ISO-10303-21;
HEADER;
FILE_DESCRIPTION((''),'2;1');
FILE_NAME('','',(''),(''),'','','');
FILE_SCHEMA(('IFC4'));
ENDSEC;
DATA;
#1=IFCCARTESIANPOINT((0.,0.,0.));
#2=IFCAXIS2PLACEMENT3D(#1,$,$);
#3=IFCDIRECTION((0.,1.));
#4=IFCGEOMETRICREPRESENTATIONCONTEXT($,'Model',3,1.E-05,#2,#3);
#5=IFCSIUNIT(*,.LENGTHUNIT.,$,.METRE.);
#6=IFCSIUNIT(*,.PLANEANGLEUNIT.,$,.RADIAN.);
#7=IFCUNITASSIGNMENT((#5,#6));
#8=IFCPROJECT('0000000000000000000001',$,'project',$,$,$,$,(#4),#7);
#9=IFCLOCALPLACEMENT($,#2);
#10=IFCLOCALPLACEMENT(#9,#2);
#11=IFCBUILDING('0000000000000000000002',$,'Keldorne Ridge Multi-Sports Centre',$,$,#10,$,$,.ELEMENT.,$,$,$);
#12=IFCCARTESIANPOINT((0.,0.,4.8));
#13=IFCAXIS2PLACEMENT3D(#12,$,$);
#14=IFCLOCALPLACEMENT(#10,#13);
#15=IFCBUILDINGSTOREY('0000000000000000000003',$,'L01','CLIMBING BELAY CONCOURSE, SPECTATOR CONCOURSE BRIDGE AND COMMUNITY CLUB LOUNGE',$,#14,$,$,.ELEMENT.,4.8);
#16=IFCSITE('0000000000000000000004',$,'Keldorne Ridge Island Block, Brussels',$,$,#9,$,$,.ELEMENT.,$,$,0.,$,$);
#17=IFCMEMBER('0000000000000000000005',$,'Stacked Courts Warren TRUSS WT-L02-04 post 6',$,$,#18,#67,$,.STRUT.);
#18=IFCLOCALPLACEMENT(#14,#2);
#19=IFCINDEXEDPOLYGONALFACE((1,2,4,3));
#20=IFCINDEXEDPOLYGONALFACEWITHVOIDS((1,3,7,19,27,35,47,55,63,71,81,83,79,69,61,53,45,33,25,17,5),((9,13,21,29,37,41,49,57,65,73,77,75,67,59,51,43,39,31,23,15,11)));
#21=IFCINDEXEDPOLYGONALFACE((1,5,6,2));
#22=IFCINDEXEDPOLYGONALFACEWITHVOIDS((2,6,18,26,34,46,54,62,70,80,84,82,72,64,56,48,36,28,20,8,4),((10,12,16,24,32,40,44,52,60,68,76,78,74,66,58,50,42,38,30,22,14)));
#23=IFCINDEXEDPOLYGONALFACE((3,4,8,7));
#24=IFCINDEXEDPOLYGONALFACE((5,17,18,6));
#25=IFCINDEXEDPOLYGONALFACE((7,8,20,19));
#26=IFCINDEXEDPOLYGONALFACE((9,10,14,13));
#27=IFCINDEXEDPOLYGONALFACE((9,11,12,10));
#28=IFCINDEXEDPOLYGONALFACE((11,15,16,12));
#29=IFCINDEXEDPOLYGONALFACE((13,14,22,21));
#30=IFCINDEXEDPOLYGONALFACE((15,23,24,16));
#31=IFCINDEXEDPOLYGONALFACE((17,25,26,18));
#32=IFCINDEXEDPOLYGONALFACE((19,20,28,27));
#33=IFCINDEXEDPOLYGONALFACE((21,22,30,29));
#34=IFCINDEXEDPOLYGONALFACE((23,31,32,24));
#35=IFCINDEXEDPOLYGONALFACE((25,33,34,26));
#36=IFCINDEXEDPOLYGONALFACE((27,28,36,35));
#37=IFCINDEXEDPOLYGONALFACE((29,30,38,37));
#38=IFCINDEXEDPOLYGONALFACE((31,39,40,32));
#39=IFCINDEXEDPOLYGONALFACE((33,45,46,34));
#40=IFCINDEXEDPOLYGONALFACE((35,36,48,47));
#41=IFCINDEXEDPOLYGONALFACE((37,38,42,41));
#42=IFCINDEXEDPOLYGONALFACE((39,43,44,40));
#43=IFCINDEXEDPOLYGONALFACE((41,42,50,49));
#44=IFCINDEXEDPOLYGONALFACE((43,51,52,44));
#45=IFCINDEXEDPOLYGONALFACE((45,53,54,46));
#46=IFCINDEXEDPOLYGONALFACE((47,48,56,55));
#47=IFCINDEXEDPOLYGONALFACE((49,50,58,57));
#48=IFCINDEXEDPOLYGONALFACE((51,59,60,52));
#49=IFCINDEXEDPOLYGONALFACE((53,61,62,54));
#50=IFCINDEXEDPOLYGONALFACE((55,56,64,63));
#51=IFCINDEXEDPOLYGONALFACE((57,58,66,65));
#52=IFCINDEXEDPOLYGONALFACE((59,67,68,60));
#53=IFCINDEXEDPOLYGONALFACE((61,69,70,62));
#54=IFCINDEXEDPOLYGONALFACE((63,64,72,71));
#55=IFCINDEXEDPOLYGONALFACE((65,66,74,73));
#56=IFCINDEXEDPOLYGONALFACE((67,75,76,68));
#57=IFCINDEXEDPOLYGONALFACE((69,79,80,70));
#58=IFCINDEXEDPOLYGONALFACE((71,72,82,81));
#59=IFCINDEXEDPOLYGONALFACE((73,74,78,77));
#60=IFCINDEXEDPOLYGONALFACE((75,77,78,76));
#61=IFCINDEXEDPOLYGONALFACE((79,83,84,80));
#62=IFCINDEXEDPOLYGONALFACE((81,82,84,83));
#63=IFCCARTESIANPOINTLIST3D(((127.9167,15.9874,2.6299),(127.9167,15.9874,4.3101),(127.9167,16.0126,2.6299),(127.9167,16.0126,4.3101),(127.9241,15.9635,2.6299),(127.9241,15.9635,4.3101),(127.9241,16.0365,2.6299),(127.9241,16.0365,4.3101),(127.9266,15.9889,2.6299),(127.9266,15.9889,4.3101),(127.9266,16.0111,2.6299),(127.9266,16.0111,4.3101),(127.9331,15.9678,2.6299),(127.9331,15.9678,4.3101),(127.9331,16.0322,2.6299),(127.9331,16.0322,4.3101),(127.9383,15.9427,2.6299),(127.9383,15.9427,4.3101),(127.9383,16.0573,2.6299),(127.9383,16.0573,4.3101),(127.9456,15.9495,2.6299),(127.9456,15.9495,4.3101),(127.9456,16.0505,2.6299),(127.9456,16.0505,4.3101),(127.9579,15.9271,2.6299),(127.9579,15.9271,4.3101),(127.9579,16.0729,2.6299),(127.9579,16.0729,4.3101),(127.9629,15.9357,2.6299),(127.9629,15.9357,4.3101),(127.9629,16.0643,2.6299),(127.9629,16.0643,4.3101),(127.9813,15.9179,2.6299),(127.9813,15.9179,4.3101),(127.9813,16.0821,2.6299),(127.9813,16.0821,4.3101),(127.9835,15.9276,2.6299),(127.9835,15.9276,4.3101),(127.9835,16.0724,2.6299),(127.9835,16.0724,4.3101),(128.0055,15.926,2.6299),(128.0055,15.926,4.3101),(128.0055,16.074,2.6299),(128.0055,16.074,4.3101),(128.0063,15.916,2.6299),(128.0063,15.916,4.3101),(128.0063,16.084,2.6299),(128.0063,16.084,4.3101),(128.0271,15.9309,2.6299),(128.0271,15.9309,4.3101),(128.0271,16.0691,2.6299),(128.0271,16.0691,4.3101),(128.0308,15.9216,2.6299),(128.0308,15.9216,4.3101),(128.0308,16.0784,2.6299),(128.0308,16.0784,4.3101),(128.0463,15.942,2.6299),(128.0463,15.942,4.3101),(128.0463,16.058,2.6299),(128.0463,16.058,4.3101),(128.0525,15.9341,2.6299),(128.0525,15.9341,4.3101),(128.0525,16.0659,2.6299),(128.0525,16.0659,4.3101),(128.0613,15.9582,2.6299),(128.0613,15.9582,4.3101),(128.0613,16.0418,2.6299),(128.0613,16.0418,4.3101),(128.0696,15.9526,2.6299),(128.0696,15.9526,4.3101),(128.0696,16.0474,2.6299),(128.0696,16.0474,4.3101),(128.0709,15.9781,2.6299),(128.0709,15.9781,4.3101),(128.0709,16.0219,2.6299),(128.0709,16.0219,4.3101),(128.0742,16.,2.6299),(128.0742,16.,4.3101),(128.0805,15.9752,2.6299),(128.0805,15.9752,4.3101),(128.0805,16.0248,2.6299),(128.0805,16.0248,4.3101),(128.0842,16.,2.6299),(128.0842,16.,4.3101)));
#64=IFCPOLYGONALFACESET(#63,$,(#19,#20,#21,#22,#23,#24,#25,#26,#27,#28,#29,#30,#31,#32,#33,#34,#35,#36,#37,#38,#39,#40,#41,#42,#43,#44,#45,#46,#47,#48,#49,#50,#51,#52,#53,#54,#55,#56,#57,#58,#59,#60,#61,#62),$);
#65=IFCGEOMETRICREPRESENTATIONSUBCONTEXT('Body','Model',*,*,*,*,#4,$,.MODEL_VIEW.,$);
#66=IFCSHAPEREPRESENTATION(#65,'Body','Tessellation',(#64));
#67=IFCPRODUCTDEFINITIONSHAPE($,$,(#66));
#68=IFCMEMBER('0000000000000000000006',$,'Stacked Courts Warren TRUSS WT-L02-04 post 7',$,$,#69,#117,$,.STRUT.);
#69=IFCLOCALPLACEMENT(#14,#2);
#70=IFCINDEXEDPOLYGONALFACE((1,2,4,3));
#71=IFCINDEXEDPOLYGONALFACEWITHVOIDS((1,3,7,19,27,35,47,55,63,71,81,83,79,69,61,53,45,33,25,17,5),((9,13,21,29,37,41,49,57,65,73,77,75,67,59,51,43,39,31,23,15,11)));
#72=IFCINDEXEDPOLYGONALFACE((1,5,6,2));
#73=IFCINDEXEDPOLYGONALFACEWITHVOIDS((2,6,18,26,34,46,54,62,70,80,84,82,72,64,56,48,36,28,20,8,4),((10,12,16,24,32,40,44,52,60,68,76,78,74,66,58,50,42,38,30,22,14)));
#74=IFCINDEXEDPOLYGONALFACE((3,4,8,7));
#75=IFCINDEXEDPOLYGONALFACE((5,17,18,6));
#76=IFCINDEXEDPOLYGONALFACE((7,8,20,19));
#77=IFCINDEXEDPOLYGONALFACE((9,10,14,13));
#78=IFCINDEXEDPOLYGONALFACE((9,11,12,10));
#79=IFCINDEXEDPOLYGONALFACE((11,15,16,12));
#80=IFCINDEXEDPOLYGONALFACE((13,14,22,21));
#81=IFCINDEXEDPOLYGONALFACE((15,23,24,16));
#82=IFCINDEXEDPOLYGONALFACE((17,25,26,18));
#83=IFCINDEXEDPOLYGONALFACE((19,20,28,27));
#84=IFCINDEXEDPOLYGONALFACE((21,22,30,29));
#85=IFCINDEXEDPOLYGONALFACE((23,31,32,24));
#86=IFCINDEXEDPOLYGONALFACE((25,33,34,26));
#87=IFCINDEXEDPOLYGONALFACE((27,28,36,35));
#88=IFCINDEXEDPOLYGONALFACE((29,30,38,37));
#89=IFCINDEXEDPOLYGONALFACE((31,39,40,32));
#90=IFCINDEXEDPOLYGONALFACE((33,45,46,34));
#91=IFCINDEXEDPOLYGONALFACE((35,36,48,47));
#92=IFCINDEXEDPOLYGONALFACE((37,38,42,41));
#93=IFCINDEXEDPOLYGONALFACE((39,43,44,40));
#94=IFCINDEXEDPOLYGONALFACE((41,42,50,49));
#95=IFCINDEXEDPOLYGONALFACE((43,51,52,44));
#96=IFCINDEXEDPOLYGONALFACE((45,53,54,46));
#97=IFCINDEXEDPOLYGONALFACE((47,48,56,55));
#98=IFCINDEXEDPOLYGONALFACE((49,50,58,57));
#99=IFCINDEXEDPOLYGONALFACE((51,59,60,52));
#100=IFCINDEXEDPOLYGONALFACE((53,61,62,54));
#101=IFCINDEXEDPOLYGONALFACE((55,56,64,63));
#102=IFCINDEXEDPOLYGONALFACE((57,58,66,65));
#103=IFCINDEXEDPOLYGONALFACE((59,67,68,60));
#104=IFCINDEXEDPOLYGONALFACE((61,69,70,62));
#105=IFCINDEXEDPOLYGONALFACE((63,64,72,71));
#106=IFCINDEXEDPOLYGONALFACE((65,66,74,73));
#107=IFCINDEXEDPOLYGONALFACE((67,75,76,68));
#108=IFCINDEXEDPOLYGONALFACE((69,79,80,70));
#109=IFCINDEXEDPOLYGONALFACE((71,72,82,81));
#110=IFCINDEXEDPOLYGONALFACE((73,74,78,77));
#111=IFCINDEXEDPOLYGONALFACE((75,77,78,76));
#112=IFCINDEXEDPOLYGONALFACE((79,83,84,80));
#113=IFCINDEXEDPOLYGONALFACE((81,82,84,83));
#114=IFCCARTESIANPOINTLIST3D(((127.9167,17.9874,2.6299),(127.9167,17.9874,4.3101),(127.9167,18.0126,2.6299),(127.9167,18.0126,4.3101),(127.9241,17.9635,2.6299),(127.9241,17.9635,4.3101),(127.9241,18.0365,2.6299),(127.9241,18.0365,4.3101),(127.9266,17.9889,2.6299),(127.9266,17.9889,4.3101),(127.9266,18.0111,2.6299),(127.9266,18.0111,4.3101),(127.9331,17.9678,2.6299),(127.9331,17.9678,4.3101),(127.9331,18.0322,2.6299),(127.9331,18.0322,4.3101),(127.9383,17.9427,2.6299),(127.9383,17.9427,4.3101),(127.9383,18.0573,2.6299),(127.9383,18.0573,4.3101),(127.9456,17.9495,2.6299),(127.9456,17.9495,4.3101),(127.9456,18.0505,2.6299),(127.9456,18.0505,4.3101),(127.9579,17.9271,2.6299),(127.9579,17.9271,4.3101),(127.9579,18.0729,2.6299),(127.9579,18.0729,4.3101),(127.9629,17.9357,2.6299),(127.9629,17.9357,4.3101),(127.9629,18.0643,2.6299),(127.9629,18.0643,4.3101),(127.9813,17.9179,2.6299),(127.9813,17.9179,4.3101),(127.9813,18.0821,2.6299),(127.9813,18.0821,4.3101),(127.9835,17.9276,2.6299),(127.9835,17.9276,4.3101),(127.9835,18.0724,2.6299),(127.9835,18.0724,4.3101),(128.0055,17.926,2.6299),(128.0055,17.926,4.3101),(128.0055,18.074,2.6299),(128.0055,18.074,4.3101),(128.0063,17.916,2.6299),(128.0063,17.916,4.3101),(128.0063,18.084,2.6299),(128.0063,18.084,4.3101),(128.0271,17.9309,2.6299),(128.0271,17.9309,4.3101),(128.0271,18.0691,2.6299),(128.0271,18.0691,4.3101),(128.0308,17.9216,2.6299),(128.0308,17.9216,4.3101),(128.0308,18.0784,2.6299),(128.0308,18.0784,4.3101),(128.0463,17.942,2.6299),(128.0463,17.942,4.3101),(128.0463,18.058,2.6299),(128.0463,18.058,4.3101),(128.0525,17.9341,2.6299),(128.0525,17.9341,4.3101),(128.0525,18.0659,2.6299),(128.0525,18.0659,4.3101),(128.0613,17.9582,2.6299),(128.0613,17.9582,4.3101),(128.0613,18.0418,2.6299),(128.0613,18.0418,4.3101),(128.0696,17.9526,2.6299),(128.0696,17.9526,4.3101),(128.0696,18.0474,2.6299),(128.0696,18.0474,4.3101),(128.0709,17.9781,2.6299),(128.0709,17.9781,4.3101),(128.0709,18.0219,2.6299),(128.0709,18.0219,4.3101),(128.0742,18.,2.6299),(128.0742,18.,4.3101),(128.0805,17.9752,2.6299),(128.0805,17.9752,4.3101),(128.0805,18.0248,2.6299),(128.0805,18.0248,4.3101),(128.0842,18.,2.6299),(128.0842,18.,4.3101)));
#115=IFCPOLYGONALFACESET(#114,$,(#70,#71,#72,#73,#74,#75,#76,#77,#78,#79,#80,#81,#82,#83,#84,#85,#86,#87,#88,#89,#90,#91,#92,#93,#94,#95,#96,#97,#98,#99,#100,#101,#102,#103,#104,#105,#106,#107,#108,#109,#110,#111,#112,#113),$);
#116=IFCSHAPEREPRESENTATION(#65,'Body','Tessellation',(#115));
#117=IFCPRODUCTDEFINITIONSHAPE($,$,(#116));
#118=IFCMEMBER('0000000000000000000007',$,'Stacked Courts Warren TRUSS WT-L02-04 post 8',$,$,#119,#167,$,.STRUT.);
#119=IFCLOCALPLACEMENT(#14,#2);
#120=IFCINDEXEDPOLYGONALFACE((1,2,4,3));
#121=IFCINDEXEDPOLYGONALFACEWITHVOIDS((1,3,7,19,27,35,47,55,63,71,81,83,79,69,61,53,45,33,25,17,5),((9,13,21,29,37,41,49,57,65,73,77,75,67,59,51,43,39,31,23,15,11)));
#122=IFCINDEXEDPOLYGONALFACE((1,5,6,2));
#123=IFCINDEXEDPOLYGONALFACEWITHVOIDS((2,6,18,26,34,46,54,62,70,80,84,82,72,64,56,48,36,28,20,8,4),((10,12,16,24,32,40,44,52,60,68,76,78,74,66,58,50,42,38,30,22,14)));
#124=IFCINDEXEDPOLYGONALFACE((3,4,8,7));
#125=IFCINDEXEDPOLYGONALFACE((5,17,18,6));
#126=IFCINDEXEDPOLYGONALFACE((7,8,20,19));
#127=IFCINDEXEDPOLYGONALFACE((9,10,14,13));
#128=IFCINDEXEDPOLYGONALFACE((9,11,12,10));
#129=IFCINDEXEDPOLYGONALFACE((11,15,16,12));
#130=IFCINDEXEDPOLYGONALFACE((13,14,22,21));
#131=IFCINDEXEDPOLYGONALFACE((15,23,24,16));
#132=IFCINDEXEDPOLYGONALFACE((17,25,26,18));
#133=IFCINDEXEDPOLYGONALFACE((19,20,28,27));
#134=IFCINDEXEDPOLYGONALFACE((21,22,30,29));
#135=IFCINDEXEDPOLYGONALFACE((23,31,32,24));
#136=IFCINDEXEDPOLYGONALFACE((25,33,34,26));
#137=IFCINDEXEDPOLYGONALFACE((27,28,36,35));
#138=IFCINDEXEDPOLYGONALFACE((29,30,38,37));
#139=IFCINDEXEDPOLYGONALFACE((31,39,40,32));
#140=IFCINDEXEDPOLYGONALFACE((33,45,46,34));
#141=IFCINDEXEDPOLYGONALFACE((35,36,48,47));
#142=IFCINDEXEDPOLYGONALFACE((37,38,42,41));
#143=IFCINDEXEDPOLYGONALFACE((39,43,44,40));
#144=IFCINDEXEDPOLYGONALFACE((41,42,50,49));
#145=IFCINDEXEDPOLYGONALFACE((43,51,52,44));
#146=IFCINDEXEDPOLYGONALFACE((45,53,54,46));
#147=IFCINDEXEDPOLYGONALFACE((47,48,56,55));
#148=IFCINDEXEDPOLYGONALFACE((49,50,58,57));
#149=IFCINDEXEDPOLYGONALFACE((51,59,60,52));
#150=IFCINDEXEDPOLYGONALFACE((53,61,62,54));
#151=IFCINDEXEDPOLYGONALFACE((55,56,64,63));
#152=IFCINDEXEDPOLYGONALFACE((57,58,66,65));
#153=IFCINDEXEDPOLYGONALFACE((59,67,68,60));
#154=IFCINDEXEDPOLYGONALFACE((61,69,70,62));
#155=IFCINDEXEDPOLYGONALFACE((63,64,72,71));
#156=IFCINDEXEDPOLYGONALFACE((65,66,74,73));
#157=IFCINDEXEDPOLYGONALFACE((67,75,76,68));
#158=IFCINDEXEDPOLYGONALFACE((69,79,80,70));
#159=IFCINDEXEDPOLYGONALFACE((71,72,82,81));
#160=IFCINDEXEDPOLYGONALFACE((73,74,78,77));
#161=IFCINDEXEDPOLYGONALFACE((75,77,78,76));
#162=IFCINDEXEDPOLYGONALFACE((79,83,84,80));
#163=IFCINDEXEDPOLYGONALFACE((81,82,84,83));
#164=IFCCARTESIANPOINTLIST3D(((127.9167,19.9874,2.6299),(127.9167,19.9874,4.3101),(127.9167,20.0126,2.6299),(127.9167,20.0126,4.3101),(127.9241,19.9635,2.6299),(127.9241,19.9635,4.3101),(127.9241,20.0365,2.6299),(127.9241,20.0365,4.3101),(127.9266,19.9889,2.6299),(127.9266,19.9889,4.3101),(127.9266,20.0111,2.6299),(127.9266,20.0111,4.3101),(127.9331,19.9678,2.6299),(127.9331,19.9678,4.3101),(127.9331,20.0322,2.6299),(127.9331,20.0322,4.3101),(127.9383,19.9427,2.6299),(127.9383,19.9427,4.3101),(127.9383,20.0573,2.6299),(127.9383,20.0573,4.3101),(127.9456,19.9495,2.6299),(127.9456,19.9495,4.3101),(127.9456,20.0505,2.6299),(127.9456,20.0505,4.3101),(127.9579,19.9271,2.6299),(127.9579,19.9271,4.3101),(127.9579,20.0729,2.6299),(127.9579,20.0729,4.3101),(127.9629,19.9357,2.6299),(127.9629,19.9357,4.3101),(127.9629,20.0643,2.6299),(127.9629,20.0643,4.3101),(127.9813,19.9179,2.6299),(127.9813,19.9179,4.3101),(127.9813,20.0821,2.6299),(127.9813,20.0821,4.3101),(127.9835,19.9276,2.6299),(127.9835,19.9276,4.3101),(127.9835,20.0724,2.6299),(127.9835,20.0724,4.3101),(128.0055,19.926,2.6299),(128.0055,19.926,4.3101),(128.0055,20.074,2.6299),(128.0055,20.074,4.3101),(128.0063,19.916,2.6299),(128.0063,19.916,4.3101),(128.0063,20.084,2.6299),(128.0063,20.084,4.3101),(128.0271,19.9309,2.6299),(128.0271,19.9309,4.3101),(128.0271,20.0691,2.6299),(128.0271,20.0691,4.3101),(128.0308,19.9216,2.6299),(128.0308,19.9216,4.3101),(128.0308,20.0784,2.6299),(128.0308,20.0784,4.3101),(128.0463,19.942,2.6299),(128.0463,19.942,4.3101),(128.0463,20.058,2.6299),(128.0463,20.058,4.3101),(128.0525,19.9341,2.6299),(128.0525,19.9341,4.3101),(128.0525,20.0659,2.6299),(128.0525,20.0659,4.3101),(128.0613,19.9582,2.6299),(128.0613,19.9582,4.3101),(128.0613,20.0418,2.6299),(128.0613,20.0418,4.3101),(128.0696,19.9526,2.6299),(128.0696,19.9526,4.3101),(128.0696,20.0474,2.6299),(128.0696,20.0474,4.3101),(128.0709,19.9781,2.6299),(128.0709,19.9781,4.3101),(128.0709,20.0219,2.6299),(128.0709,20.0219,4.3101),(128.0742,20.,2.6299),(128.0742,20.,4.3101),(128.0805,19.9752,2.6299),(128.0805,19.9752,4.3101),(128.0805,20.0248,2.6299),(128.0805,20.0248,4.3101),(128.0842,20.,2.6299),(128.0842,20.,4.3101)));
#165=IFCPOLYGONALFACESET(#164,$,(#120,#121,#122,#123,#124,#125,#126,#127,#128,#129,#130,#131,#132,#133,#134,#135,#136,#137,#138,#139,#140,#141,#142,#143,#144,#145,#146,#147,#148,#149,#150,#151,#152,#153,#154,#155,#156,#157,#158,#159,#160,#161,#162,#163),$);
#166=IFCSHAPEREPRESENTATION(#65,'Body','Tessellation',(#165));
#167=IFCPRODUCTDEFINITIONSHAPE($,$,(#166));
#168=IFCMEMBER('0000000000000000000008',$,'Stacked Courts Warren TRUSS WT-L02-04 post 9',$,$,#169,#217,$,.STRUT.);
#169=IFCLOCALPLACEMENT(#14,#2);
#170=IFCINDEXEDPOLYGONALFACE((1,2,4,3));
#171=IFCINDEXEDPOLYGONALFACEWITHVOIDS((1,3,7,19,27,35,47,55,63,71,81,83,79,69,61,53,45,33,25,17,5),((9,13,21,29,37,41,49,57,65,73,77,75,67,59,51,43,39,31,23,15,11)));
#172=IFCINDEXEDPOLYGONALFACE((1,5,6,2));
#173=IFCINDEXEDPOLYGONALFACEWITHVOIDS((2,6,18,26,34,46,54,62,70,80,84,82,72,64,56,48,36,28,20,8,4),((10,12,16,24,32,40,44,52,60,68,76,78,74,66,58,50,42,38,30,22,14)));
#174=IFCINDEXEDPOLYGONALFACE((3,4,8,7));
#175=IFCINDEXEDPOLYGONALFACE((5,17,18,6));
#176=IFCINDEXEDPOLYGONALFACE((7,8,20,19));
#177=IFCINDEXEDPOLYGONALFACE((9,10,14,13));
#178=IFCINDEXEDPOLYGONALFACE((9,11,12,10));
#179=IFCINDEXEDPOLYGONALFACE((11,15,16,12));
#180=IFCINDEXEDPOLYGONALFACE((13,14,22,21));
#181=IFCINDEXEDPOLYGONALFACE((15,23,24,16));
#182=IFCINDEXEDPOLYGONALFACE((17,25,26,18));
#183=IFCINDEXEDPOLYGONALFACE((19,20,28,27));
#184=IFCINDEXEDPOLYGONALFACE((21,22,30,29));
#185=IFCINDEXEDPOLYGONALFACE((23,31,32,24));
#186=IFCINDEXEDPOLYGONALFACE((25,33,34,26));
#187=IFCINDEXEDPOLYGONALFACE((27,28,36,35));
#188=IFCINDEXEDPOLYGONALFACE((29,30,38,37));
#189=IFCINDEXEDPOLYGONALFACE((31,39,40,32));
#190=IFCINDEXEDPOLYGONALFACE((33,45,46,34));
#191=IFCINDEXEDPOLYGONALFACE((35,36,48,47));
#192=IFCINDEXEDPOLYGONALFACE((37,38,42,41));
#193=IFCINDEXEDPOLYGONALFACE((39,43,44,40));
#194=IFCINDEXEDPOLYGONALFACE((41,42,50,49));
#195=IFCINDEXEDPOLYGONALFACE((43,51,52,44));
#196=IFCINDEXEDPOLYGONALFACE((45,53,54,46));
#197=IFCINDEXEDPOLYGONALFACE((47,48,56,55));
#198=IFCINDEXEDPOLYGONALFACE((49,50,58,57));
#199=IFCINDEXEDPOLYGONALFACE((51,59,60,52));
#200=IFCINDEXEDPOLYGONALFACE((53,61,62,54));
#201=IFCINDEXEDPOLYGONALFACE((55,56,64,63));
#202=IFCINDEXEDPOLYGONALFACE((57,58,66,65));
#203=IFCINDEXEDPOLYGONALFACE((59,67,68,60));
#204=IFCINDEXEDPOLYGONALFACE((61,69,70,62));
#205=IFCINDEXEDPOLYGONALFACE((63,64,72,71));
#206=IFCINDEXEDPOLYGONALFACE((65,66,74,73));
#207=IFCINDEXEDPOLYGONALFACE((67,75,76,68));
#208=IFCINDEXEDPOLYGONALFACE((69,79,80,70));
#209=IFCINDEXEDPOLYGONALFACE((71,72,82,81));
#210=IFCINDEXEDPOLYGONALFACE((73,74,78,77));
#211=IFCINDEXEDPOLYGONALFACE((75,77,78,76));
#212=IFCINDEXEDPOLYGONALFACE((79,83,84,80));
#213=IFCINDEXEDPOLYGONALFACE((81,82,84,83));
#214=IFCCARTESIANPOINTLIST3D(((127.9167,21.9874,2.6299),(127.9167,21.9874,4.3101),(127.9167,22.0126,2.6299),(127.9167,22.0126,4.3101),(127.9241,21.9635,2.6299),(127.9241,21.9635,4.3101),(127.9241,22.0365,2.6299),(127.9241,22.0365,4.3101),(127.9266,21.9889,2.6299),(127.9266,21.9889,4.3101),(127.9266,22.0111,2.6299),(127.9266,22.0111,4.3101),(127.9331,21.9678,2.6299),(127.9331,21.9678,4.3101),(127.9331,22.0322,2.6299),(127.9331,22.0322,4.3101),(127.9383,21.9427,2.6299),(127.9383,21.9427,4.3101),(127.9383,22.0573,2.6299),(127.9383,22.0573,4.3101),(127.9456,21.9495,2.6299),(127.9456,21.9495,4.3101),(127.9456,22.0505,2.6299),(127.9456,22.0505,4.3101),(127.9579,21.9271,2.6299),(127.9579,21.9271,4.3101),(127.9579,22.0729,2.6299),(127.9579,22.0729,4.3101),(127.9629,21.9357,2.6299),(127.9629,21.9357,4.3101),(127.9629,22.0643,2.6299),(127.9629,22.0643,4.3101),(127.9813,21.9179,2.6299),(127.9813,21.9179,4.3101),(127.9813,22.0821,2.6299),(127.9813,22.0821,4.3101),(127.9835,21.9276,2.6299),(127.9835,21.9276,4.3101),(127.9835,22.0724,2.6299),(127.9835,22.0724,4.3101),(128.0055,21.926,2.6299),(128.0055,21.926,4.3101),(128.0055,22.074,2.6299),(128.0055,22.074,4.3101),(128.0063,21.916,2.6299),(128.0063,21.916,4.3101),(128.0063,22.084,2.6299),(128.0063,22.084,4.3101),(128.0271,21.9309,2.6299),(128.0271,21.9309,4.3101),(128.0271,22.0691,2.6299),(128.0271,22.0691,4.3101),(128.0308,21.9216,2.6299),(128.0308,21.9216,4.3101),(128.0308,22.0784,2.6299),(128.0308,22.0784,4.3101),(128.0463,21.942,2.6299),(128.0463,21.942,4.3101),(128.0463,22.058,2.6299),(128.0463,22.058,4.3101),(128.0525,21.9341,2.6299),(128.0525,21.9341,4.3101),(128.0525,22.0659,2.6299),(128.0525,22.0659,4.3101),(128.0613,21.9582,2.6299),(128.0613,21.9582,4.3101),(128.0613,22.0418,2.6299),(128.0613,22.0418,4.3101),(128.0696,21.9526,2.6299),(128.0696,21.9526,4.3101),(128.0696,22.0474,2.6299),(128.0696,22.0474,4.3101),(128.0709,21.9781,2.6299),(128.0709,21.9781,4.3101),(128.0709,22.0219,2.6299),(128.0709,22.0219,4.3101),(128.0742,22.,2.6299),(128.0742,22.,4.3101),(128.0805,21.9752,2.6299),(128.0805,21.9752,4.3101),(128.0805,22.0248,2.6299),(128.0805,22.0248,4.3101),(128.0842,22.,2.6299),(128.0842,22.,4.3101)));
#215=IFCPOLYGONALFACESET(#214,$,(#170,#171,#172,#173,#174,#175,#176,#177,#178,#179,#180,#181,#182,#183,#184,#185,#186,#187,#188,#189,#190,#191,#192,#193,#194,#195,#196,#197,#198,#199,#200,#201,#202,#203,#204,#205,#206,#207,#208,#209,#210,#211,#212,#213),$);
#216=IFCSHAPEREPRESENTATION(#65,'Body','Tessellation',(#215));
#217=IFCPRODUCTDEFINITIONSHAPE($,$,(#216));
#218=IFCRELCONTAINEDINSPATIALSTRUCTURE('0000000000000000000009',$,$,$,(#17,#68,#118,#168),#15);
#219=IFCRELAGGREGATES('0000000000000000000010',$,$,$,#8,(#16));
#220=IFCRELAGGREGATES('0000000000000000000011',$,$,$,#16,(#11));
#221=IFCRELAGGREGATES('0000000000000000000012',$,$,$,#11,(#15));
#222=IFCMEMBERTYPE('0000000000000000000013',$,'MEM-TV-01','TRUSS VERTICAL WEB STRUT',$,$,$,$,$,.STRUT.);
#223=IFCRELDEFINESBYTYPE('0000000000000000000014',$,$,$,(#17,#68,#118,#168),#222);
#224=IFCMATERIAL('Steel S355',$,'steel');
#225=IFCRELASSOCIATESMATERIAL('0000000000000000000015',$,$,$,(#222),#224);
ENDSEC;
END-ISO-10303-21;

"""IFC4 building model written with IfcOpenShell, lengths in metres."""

from ifc_helpers import new_model, si_unit, direction, frame, origin, origin_2d, place, context, subcontext, project, spatial, hollow_circle, extrude, material, material_profile, profile_set, type_object, element, save


model = new_model("IFC4")

# Units and contexts
model_context = context("Model", 3, precision=1e-05, world=origin(), true_north=direction((0.0, 1.0)))
body_context = subcontext(model_context, "Body", "Model", "MODEL_VIEW")
ifc_project = project(units=[si_unit("LENGTHUNIT", "METRE"), si_unit("PLANEANGLEUNIT", "RADIAN")], contexts=[model_context])

# Site, building, storey
site_placement = place(None, origin())
site = spatial("IfcSite", under=ifc_project, at=site_placement, Name="Keldorne Ridge Island Block, Brussels", CompositionType="ELEMENT", RefElevation=0.0)
building_placement = place(site_placement, origin())
building = spatial("IfcBuilding", under=site, at=building_placement, Name="Keldorne Ridge Multi-Sports Centre", CompositionType="ELEMENT")
storey_placement = place(building_placement, frame((0.0, 0.0, 4.8)))
storey = spatial("IfcBuildingStorey", under=building, at=storey_placement, Name="L01", Description="CLIMBING BELAY CONCOURSE, SPECTATOR CONCOURSE BRIDGE AND COMMUNITY CLUB LOUNGE", CompositionType="ELEMENT", Elevation=4.8)

# Members
ifc_material = material(Name="Steel S355", Category="steel")
ifc_material_profile_1 = material_profile(ifc_material, hollow_circle(Radius=0.0842, WallThickness=0.01, at=origin_2d()), Name="CHS 168.3x10")
ifc_profile_set_1 = profile_set([ifc_material_profile_1], Name="Steel S355")
member_type_1 = type_object("IfcMemberType", Name="MEM-TV-01", Description="TRUSS VERTICAL WEB STRUT", PredefinedType="STRUT", material=ifc_profile_set_1)
for number, where, z_axis, x_axis, name in (
    (1, (128.0, 16.0, 2.6299), (0.0, 0.0, 1.0), (1.0, 0.0, 0.0), "Stacked Courts Warren TRUSS WT-L02-04 post 6"),
    (2, (128.0, 18.0, 2.6299), (0.0, 0.0, 1.0), (1.0, 0.0, 0.0), "Stacked Courts Warren TRUSS WT-L02-04 post 7"),
    (3, (128.0, 20.0, 2.6299), (0.0, 0.0, 1.0), (1.0, 0.0, 0.0), "Stacked Courts Warren TRUSS WT-L02-04 post 8"),
    (4, (128.0, 22.0, 2.6299), (0.0, 0.0, 1.0), (1.0, 0.0, 0.0), "Stacked Courts Warren TRUSS WT-L02-04 post 9"),
):
    element("IfcMember", number, at=place(storey_placement, frame(where, z_axis=z_axis, x_axis=x_axis)), inside=storey, type_object=member_type_1, Name=name, PredefinedType="STRUT", context=body_context, shape_type="SweptSolid", body=[
        extrude(hollow_circle(Radius=0.0842, WallThickness=0.01, at=origin_2d()), origin(), (0.0, 0.0, 1.0), 1.6802),
    ])

save(model, "model.ifc")
